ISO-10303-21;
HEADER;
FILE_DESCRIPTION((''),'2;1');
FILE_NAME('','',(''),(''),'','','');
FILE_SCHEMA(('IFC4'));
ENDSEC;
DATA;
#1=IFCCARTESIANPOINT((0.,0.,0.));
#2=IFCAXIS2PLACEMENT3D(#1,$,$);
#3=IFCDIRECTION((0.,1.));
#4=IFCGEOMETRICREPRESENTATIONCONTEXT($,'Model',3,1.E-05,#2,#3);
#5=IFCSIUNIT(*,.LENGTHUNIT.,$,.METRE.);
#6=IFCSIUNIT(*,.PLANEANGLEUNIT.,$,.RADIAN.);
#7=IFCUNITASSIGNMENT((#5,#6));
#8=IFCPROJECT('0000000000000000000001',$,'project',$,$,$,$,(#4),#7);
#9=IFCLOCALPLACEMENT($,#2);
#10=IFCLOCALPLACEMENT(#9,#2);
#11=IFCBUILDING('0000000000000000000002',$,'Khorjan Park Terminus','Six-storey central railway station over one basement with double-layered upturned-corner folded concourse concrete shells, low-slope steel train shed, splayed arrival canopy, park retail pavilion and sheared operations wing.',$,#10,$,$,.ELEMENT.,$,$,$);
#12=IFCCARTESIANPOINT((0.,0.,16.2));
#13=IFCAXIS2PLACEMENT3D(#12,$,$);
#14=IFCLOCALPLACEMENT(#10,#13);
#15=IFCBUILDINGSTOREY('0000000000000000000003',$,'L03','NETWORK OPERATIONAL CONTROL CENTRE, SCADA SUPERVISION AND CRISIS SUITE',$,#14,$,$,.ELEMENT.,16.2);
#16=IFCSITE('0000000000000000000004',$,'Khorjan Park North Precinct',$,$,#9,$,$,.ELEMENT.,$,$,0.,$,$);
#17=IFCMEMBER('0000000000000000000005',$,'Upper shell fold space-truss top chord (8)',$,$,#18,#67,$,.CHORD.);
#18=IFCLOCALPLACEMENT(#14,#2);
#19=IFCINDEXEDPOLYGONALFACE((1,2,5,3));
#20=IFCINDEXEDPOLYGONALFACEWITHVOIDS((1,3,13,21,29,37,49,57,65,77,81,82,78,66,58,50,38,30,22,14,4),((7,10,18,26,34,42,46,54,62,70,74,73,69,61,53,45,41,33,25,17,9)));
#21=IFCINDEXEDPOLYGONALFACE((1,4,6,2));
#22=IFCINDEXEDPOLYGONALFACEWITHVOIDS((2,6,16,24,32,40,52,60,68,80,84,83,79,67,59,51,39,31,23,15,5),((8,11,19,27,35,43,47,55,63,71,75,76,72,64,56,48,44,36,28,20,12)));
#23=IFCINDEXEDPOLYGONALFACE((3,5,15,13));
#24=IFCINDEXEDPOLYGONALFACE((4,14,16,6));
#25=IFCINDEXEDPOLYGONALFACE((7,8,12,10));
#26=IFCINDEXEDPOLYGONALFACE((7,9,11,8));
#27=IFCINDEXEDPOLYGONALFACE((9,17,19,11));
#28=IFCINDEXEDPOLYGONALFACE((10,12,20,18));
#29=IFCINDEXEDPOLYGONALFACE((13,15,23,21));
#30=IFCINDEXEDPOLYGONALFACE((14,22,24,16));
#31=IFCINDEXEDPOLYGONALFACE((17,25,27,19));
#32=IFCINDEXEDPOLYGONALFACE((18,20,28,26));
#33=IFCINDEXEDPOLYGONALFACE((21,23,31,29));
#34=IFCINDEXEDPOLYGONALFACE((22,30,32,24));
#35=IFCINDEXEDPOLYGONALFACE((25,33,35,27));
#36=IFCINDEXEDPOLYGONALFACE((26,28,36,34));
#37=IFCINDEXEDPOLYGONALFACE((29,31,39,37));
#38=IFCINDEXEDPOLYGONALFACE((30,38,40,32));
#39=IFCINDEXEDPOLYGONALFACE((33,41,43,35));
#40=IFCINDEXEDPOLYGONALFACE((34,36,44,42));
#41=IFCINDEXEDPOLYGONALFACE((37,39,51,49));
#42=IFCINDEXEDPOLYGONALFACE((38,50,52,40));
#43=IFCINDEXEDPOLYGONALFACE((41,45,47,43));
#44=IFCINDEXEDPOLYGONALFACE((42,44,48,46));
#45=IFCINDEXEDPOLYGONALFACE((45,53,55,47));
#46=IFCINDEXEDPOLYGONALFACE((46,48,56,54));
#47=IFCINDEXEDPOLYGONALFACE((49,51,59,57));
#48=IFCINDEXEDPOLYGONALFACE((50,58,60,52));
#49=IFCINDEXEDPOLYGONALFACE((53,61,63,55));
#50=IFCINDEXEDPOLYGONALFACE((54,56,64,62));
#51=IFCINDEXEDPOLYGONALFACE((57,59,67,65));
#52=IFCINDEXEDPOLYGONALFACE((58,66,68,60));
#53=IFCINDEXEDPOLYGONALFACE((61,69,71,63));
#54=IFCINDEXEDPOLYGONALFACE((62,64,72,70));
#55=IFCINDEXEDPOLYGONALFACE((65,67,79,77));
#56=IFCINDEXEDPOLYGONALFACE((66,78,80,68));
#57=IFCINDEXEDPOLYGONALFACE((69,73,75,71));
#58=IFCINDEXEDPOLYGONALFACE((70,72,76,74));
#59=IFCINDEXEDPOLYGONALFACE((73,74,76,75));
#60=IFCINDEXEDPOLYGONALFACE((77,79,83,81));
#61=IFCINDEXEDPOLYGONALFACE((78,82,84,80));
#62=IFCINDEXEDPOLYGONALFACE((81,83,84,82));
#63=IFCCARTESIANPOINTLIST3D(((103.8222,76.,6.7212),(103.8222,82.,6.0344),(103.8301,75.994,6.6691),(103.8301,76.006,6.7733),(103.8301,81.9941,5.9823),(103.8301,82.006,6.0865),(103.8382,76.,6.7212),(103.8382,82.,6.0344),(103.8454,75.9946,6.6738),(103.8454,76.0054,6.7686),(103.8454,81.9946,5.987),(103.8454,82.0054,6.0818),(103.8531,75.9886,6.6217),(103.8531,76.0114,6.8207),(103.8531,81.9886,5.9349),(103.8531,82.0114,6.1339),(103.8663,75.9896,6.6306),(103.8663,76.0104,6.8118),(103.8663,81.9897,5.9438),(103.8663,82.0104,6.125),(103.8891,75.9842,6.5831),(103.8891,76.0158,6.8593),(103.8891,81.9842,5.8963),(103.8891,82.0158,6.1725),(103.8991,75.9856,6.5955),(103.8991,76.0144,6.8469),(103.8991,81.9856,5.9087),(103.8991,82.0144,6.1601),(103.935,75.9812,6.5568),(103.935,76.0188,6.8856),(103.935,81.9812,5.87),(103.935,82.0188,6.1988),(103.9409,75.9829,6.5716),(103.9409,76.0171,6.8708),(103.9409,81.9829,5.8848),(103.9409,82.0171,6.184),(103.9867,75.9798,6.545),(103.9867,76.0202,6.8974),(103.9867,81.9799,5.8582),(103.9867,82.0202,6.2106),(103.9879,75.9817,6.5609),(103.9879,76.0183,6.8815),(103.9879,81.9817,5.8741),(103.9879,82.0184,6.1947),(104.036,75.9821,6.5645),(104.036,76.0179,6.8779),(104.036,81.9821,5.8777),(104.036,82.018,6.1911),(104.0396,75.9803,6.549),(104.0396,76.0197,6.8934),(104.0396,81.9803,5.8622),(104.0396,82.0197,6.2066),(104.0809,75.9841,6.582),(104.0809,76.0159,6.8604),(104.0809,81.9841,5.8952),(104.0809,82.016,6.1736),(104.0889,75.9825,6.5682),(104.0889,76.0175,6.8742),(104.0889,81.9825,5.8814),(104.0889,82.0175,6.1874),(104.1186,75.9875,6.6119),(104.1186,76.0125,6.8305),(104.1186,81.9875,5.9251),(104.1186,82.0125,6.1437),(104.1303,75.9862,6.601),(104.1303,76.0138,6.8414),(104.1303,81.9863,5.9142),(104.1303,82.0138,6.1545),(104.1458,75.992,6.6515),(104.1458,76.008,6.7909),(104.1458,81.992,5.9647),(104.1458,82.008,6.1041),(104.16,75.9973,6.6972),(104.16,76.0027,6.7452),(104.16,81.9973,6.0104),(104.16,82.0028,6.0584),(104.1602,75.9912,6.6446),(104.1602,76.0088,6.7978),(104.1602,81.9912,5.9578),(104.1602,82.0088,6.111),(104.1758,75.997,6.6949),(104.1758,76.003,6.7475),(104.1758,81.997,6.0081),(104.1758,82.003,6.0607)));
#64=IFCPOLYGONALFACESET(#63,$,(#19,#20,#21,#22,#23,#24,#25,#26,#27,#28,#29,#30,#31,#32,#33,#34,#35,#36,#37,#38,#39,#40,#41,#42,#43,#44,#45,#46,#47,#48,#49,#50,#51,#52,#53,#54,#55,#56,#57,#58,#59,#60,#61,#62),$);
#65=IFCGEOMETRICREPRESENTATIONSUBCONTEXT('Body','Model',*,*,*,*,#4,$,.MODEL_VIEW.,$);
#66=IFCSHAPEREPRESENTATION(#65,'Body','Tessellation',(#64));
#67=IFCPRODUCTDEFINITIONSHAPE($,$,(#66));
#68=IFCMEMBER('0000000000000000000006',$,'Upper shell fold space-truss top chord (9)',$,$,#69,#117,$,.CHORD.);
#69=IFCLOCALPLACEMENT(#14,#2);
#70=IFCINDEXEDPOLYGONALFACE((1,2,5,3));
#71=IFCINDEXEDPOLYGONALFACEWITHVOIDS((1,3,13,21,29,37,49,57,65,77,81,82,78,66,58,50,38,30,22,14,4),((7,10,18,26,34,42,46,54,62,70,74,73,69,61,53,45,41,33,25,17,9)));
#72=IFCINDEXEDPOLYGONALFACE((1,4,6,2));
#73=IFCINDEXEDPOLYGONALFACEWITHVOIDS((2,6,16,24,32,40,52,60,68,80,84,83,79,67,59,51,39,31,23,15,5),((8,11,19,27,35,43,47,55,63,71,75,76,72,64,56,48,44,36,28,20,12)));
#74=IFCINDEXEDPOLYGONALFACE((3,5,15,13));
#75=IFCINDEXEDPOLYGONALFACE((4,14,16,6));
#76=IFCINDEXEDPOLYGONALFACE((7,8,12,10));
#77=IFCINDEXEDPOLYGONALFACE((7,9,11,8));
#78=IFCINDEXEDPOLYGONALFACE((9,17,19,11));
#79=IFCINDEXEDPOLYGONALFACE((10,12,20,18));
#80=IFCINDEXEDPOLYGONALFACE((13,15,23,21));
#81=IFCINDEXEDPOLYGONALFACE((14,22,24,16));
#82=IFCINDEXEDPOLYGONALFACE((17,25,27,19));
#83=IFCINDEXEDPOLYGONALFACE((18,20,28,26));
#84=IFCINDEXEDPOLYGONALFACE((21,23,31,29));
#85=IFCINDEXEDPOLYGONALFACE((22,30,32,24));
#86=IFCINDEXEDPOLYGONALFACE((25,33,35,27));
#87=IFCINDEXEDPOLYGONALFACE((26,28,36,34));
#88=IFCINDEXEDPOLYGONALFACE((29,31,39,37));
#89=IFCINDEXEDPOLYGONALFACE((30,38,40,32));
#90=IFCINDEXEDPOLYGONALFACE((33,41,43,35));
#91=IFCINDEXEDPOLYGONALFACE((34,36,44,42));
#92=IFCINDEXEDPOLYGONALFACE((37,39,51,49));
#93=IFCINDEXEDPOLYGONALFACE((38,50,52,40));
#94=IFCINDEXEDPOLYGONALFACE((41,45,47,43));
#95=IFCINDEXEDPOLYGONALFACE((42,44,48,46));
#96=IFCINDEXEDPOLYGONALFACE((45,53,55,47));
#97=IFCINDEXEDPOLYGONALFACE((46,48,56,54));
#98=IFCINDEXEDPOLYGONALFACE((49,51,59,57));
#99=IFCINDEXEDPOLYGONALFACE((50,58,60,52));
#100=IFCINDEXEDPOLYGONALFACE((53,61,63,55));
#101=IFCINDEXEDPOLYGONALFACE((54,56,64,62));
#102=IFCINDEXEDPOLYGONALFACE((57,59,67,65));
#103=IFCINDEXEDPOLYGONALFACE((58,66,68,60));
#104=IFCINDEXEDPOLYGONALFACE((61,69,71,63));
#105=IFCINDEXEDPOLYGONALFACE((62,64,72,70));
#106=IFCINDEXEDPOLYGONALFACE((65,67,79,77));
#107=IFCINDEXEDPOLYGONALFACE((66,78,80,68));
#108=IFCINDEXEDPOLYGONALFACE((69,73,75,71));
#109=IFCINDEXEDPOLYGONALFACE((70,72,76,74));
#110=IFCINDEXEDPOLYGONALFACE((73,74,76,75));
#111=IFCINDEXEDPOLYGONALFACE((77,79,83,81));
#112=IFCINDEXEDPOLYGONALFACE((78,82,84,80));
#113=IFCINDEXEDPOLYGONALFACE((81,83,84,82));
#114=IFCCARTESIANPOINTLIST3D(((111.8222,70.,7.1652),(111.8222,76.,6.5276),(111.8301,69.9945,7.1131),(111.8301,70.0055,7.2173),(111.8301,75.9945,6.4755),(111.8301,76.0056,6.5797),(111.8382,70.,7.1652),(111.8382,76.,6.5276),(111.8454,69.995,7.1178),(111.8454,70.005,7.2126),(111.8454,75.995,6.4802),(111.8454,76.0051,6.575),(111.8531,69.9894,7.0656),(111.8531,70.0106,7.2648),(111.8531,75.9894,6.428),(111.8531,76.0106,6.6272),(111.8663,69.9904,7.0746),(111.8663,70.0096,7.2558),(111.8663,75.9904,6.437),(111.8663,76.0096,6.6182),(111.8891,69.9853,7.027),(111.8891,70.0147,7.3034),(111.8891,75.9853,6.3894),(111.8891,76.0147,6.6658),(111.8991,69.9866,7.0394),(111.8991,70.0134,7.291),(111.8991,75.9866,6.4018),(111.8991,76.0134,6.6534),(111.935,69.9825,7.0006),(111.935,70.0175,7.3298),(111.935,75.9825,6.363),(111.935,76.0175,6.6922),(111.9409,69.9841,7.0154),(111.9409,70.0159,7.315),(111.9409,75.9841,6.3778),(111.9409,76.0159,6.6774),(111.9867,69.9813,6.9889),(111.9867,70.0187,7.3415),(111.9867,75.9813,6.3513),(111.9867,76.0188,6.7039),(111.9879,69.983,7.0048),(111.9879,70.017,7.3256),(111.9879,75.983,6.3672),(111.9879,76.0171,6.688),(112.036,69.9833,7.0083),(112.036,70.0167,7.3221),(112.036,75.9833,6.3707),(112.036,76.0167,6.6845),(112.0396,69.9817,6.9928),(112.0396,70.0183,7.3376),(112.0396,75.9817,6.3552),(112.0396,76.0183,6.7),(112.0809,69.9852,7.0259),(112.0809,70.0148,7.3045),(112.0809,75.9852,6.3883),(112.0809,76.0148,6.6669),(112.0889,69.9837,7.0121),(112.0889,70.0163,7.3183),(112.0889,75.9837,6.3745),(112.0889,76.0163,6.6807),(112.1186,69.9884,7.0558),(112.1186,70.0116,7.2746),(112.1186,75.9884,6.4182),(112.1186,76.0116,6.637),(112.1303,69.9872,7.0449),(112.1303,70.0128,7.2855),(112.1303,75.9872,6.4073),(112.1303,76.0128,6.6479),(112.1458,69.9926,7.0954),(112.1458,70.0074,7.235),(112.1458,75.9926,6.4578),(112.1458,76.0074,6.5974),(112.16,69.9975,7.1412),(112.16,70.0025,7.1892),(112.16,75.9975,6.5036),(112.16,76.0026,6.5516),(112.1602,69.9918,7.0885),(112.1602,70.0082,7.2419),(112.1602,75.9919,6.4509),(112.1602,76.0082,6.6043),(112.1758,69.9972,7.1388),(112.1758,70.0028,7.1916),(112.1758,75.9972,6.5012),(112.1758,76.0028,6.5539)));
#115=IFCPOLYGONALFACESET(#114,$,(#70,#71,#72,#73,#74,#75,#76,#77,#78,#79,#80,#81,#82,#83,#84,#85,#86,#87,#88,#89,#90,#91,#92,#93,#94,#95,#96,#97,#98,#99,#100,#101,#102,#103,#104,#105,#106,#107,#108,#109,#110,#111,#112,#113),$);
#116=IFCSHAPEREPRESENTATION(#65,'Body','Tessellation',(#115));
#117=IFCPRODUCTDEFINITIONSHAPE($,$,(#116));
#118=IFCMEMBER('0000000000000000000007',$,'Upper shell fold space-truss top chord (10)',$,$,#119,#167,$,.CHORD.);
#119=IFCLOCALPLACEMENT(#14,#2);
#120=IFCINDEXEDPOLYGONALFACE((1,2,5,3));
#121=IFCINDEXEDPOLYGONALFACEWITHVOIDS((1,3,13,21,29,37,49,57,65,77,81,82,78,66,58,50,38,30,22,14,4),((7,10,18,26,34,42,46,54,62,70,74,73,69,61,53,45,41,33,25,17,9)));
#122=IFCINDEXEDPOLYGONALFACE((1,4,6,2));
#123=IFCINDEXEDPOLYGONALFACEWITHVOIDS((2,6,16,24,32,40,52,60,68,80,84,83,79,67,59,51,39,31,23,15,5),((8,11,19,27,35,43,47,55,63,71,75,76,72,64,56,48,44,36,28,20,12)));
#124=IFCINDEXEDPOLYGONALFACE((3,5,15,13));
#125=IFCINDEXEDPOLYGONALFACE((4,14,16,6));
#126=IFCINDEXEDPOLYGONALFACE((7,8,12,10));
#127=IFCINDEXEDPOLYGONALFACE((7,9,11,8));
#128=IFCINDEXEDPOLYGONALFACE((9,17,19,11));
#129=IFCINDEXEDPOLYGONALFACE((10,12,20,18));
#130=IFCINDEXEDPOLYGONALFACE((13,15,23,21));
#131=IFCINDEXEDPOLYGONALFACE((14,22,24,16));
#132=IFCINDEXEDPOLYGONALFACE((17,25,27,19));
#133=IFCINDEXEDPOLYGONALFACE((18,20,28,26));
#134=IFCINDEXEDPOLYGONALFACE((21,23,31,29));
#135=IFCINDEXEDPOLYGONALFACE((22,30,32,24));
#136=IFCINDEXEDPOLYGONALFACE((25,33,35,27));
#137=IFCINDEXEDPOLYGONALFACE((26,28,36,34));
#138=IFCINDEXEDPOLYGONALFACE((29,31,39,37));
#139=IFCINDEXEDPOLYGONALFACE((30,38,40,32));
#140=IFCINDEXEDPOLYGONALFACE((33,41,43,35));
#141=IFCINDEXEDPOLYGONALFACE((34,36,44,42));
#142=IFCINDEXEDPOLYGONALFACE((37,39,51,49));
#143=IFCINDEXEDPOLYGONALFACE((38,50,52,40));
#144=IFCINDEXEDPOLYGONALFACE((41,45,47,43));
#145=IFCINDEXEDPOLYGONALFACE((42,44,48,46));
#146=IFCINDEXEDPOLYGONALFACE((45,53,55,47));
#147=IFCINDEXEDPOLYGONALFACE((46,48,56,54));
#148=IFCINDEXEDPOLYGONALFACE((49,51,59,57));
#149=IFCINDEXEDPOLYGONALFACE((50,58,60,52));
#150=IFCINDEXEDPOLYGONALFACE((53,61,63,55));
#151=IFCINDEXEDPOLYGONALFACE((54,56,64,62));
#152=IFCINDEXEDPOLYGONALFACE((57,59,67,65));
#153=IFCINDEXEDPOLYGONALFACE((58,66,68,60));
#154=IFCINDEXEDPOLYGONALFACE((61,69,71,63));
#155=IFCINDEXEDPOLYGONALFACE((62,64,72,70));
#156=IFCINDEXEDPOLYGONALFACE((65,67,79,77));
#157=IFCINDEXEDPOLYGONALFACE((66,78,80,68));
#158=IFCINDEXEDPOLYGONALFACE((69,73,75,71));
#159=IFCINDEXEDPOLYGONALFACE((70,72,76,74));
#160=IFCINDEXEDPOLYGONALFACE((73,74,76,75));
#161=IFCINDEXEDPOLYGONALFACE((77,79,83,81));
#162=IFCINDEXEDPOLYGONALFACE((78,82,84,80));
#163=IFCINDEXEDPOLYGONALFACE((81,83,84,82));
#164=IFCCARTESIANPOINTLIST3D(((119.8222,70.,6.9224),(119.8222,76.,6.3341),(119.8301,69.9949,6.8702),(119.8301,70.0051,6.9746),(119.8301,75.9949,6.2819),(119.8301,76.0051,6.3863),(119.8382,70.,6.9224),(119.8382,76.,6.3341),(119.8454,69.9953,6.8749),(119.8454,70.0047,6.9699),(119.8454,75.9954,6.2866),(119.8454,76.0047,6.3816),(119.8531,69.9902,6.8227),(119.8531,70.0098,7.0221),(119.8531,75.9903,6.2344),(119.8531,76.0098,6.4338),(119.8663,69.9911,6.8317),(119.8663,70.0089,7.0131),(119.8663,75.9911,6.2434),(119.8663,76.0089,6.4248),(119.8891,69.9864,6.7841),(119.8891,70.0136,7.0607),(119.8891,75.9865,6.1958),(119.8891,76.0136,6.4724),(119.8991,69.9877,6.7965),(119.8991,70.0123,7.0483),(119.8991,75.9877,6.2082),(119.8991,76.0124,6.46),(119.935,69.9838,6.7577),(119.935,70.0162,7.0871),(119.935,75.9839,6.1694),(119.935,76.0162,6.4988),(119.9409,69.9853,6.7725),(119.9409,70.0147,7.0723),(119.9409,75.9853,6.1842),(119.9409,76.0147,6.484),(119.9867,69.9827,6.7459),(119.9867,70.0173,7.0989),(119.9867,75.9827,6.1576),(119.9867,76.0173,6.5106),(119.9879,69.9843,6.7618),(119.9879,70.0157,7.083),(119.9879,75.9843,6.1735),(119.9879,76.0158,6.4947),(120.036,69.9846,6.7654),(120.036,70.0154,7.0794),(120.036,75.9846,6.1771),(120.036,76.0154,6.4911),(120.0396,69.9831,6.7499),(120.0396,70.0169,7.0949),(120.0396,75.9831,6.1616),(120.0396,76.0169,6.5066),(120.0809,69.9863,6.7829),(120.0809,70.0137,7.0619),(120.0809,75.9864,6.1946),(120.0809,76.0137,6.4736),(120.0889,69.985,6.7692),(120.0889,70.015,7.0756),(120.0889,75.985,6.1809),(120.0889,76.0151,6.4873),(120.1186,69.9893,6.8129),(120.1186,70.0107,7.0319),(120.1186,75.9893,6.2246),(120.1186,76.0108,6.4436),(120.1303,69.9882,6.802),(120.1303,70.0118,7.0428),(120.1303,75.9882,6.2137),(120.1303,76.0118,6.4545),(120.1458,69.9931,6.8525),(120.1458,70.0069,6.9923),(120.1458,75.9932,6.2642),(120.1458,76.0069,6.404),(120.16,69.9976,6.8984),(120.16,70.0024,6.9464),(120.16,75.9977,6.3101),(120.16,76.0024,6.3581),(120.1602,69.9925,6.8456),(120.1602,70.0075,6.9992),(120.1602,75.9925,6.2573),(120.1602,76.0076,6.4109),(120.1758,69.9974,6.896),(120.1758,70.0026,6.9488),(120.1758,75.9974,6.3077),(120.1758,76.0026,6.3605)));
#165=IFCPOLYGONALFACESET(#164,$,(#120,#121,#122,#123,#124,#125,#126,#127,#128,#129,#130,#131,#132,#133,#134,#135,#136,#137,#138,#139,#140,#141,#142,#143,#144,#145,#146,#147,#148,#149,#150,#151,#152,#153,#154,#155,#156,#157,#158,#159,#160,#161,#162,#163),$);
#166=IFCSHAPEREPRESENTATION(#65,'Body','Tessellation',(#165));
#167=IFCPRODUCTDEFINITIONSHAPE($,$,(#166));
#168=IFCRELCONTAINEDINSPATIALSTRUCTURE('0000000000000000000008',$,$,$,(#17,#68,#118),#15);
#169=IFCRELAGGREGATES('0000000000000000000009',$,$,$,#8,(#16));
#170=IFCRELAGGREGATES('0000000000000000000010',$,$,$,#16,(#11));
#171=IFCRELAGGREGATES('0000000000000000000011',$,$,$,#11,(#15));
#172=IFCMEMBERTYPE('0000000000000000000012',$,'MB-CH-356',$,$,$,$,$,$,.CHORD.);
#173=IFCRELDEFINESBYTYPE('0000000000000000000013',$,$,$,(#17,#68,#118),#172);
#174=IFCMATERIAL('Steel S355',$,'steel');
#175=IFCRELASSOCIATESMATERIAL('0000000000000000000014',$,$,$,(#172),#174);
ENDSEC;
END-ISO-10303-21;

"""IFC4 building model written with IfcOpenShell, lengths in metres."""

from ifc_helpers import new_model, si_unit, direction, frame, origin, origin_2d, place, context, subcontext, project, spatial, hollow_circle, extrude, material, material_profile, profile_set, type_object, element, save


model = new_model("IFC4")

# Units and contexts
model_context = context("Model", 3, precision=1e-05, world=origin(), true_north=direction((0.0, 1.0)))
body_context = subcontext(model_context, "Body", "Model", "MODEL_VIEW")
ifc_project = project(units=[si_unit("LENGTHUNIT", "METRE"), si_unit("PLANEANGLEUNIT", "RADIAN")], contexts=[model_context])

# Site, building, storey
site_placement = place(None, origin())
site = spatial("IfcSite", under=ifc_project, at=site_placement, Name="Khorjan Park North Precinct", CompositionType="ELEMENT", RefElevation=0.0)
building_placement = place(site_placement, origin())
building = spatial("IfcBuilding", under=site, at=building_placement, Name="Khorjan Park Terminus", Description="Six-storey central railway station over one basement with double-layered upturned-corner folded concourse concrete shells, low-slope steel train shed, splayed arrival canopy, park retail pavilion and sheared operations wing.", CompositionType="ELEMENT")
storey_placement = place(building_placement, frame((0.0, 0.0, 16.2)))
storey = spatial("IfcBuildingStorey", under=building, at=storey_placement, Name="L03", Description="NETWORK OPERATIONAL CONTROL CENTRE, SCADA SUPERVISION AND CRISIS SUITE", CompositionType="ELEMENT", Elevation=16.2)

# Members
ifc_material = material(Name="Steel S355", Category="steel")
ifc_material_profile_1 = material_profile(ifc_material, hollow_circle(Radius=0.1778, WallThickness=0.016, at=origin_2d()), Name="CHS 355.6x16")
ifc_profile_set_1 = profile_set([ifc_material_profile_1], Name="Steel S355")
member_type_1 = type_object("IfcMemberType", Name="MB-CH-356", PredefinedType="CHORD", material=ifc_profile_set_1)
for number, where, z_axis, x_axis, name in (
    (1, (104.0, 76.0, 6.7212), (0.0, 0.993512, -0.113724), (-1.0, 0.0, 0.0), "Upper shell fold space-truss top chord (8)"),
):
    element("IfcMember", number, at=place(storey_placement, frame(where, z_axis=z_axis, x_axis=x_axis)), inside=storey, type_object=member_type_1, Name=name, PredefinedType="CHORD", context=body_context, shape_type="SweptSolid", body=[
        extrude(hollow_circle(Radius=0.1778, WallThickness=0.016, at=origin_2d()), origin(), (0.0, 0.0, 1.0), 6.0392),
    ])
member_1_placement = place(storey_placement, frame((112.0, 70.0, 7.1652), z_axis=(0.0, 0.994401, -0.105672), x_axis=(-1.0, 0.0, 0.0)))
element("IfcMember", 2, at=member_1_placement, inside=storey, type_object=member_type_1, Name="Upper shell fold space-truss top chord (9)", PredefinedType="CHORD", context=body_context, shape_type="SweptSolid", body=[
    extrude(hollow_circle(Radius=0.1778, WallThickness=0.016, at=origin_2d()), origin(), (0.0, 0.0, 1.0), 6.0338),
])
member_2_placement = place(storey_placement, frame((120.0, 70.0, 6.9224), z_axis=(0.0, 0.995227, -0.097582), x_axis=(-1.0, 0.0, 0.0)))
element("IfcMember", 3, at=member_2_placement, inside=storey, type_object=member_type_1, Name="Upper shell fold space-truss top chord (10)", PredefinedType="CHORD", context=body_context, shape_type="SweptSolid", body=[
    extrude(hollow_circle(Radius=0.1778, WallThickness=0.016, at=origin_2d()), origin(), (0.0, 0.0, 1.0), 6.0288),
])

save(model, "model.ifc")
